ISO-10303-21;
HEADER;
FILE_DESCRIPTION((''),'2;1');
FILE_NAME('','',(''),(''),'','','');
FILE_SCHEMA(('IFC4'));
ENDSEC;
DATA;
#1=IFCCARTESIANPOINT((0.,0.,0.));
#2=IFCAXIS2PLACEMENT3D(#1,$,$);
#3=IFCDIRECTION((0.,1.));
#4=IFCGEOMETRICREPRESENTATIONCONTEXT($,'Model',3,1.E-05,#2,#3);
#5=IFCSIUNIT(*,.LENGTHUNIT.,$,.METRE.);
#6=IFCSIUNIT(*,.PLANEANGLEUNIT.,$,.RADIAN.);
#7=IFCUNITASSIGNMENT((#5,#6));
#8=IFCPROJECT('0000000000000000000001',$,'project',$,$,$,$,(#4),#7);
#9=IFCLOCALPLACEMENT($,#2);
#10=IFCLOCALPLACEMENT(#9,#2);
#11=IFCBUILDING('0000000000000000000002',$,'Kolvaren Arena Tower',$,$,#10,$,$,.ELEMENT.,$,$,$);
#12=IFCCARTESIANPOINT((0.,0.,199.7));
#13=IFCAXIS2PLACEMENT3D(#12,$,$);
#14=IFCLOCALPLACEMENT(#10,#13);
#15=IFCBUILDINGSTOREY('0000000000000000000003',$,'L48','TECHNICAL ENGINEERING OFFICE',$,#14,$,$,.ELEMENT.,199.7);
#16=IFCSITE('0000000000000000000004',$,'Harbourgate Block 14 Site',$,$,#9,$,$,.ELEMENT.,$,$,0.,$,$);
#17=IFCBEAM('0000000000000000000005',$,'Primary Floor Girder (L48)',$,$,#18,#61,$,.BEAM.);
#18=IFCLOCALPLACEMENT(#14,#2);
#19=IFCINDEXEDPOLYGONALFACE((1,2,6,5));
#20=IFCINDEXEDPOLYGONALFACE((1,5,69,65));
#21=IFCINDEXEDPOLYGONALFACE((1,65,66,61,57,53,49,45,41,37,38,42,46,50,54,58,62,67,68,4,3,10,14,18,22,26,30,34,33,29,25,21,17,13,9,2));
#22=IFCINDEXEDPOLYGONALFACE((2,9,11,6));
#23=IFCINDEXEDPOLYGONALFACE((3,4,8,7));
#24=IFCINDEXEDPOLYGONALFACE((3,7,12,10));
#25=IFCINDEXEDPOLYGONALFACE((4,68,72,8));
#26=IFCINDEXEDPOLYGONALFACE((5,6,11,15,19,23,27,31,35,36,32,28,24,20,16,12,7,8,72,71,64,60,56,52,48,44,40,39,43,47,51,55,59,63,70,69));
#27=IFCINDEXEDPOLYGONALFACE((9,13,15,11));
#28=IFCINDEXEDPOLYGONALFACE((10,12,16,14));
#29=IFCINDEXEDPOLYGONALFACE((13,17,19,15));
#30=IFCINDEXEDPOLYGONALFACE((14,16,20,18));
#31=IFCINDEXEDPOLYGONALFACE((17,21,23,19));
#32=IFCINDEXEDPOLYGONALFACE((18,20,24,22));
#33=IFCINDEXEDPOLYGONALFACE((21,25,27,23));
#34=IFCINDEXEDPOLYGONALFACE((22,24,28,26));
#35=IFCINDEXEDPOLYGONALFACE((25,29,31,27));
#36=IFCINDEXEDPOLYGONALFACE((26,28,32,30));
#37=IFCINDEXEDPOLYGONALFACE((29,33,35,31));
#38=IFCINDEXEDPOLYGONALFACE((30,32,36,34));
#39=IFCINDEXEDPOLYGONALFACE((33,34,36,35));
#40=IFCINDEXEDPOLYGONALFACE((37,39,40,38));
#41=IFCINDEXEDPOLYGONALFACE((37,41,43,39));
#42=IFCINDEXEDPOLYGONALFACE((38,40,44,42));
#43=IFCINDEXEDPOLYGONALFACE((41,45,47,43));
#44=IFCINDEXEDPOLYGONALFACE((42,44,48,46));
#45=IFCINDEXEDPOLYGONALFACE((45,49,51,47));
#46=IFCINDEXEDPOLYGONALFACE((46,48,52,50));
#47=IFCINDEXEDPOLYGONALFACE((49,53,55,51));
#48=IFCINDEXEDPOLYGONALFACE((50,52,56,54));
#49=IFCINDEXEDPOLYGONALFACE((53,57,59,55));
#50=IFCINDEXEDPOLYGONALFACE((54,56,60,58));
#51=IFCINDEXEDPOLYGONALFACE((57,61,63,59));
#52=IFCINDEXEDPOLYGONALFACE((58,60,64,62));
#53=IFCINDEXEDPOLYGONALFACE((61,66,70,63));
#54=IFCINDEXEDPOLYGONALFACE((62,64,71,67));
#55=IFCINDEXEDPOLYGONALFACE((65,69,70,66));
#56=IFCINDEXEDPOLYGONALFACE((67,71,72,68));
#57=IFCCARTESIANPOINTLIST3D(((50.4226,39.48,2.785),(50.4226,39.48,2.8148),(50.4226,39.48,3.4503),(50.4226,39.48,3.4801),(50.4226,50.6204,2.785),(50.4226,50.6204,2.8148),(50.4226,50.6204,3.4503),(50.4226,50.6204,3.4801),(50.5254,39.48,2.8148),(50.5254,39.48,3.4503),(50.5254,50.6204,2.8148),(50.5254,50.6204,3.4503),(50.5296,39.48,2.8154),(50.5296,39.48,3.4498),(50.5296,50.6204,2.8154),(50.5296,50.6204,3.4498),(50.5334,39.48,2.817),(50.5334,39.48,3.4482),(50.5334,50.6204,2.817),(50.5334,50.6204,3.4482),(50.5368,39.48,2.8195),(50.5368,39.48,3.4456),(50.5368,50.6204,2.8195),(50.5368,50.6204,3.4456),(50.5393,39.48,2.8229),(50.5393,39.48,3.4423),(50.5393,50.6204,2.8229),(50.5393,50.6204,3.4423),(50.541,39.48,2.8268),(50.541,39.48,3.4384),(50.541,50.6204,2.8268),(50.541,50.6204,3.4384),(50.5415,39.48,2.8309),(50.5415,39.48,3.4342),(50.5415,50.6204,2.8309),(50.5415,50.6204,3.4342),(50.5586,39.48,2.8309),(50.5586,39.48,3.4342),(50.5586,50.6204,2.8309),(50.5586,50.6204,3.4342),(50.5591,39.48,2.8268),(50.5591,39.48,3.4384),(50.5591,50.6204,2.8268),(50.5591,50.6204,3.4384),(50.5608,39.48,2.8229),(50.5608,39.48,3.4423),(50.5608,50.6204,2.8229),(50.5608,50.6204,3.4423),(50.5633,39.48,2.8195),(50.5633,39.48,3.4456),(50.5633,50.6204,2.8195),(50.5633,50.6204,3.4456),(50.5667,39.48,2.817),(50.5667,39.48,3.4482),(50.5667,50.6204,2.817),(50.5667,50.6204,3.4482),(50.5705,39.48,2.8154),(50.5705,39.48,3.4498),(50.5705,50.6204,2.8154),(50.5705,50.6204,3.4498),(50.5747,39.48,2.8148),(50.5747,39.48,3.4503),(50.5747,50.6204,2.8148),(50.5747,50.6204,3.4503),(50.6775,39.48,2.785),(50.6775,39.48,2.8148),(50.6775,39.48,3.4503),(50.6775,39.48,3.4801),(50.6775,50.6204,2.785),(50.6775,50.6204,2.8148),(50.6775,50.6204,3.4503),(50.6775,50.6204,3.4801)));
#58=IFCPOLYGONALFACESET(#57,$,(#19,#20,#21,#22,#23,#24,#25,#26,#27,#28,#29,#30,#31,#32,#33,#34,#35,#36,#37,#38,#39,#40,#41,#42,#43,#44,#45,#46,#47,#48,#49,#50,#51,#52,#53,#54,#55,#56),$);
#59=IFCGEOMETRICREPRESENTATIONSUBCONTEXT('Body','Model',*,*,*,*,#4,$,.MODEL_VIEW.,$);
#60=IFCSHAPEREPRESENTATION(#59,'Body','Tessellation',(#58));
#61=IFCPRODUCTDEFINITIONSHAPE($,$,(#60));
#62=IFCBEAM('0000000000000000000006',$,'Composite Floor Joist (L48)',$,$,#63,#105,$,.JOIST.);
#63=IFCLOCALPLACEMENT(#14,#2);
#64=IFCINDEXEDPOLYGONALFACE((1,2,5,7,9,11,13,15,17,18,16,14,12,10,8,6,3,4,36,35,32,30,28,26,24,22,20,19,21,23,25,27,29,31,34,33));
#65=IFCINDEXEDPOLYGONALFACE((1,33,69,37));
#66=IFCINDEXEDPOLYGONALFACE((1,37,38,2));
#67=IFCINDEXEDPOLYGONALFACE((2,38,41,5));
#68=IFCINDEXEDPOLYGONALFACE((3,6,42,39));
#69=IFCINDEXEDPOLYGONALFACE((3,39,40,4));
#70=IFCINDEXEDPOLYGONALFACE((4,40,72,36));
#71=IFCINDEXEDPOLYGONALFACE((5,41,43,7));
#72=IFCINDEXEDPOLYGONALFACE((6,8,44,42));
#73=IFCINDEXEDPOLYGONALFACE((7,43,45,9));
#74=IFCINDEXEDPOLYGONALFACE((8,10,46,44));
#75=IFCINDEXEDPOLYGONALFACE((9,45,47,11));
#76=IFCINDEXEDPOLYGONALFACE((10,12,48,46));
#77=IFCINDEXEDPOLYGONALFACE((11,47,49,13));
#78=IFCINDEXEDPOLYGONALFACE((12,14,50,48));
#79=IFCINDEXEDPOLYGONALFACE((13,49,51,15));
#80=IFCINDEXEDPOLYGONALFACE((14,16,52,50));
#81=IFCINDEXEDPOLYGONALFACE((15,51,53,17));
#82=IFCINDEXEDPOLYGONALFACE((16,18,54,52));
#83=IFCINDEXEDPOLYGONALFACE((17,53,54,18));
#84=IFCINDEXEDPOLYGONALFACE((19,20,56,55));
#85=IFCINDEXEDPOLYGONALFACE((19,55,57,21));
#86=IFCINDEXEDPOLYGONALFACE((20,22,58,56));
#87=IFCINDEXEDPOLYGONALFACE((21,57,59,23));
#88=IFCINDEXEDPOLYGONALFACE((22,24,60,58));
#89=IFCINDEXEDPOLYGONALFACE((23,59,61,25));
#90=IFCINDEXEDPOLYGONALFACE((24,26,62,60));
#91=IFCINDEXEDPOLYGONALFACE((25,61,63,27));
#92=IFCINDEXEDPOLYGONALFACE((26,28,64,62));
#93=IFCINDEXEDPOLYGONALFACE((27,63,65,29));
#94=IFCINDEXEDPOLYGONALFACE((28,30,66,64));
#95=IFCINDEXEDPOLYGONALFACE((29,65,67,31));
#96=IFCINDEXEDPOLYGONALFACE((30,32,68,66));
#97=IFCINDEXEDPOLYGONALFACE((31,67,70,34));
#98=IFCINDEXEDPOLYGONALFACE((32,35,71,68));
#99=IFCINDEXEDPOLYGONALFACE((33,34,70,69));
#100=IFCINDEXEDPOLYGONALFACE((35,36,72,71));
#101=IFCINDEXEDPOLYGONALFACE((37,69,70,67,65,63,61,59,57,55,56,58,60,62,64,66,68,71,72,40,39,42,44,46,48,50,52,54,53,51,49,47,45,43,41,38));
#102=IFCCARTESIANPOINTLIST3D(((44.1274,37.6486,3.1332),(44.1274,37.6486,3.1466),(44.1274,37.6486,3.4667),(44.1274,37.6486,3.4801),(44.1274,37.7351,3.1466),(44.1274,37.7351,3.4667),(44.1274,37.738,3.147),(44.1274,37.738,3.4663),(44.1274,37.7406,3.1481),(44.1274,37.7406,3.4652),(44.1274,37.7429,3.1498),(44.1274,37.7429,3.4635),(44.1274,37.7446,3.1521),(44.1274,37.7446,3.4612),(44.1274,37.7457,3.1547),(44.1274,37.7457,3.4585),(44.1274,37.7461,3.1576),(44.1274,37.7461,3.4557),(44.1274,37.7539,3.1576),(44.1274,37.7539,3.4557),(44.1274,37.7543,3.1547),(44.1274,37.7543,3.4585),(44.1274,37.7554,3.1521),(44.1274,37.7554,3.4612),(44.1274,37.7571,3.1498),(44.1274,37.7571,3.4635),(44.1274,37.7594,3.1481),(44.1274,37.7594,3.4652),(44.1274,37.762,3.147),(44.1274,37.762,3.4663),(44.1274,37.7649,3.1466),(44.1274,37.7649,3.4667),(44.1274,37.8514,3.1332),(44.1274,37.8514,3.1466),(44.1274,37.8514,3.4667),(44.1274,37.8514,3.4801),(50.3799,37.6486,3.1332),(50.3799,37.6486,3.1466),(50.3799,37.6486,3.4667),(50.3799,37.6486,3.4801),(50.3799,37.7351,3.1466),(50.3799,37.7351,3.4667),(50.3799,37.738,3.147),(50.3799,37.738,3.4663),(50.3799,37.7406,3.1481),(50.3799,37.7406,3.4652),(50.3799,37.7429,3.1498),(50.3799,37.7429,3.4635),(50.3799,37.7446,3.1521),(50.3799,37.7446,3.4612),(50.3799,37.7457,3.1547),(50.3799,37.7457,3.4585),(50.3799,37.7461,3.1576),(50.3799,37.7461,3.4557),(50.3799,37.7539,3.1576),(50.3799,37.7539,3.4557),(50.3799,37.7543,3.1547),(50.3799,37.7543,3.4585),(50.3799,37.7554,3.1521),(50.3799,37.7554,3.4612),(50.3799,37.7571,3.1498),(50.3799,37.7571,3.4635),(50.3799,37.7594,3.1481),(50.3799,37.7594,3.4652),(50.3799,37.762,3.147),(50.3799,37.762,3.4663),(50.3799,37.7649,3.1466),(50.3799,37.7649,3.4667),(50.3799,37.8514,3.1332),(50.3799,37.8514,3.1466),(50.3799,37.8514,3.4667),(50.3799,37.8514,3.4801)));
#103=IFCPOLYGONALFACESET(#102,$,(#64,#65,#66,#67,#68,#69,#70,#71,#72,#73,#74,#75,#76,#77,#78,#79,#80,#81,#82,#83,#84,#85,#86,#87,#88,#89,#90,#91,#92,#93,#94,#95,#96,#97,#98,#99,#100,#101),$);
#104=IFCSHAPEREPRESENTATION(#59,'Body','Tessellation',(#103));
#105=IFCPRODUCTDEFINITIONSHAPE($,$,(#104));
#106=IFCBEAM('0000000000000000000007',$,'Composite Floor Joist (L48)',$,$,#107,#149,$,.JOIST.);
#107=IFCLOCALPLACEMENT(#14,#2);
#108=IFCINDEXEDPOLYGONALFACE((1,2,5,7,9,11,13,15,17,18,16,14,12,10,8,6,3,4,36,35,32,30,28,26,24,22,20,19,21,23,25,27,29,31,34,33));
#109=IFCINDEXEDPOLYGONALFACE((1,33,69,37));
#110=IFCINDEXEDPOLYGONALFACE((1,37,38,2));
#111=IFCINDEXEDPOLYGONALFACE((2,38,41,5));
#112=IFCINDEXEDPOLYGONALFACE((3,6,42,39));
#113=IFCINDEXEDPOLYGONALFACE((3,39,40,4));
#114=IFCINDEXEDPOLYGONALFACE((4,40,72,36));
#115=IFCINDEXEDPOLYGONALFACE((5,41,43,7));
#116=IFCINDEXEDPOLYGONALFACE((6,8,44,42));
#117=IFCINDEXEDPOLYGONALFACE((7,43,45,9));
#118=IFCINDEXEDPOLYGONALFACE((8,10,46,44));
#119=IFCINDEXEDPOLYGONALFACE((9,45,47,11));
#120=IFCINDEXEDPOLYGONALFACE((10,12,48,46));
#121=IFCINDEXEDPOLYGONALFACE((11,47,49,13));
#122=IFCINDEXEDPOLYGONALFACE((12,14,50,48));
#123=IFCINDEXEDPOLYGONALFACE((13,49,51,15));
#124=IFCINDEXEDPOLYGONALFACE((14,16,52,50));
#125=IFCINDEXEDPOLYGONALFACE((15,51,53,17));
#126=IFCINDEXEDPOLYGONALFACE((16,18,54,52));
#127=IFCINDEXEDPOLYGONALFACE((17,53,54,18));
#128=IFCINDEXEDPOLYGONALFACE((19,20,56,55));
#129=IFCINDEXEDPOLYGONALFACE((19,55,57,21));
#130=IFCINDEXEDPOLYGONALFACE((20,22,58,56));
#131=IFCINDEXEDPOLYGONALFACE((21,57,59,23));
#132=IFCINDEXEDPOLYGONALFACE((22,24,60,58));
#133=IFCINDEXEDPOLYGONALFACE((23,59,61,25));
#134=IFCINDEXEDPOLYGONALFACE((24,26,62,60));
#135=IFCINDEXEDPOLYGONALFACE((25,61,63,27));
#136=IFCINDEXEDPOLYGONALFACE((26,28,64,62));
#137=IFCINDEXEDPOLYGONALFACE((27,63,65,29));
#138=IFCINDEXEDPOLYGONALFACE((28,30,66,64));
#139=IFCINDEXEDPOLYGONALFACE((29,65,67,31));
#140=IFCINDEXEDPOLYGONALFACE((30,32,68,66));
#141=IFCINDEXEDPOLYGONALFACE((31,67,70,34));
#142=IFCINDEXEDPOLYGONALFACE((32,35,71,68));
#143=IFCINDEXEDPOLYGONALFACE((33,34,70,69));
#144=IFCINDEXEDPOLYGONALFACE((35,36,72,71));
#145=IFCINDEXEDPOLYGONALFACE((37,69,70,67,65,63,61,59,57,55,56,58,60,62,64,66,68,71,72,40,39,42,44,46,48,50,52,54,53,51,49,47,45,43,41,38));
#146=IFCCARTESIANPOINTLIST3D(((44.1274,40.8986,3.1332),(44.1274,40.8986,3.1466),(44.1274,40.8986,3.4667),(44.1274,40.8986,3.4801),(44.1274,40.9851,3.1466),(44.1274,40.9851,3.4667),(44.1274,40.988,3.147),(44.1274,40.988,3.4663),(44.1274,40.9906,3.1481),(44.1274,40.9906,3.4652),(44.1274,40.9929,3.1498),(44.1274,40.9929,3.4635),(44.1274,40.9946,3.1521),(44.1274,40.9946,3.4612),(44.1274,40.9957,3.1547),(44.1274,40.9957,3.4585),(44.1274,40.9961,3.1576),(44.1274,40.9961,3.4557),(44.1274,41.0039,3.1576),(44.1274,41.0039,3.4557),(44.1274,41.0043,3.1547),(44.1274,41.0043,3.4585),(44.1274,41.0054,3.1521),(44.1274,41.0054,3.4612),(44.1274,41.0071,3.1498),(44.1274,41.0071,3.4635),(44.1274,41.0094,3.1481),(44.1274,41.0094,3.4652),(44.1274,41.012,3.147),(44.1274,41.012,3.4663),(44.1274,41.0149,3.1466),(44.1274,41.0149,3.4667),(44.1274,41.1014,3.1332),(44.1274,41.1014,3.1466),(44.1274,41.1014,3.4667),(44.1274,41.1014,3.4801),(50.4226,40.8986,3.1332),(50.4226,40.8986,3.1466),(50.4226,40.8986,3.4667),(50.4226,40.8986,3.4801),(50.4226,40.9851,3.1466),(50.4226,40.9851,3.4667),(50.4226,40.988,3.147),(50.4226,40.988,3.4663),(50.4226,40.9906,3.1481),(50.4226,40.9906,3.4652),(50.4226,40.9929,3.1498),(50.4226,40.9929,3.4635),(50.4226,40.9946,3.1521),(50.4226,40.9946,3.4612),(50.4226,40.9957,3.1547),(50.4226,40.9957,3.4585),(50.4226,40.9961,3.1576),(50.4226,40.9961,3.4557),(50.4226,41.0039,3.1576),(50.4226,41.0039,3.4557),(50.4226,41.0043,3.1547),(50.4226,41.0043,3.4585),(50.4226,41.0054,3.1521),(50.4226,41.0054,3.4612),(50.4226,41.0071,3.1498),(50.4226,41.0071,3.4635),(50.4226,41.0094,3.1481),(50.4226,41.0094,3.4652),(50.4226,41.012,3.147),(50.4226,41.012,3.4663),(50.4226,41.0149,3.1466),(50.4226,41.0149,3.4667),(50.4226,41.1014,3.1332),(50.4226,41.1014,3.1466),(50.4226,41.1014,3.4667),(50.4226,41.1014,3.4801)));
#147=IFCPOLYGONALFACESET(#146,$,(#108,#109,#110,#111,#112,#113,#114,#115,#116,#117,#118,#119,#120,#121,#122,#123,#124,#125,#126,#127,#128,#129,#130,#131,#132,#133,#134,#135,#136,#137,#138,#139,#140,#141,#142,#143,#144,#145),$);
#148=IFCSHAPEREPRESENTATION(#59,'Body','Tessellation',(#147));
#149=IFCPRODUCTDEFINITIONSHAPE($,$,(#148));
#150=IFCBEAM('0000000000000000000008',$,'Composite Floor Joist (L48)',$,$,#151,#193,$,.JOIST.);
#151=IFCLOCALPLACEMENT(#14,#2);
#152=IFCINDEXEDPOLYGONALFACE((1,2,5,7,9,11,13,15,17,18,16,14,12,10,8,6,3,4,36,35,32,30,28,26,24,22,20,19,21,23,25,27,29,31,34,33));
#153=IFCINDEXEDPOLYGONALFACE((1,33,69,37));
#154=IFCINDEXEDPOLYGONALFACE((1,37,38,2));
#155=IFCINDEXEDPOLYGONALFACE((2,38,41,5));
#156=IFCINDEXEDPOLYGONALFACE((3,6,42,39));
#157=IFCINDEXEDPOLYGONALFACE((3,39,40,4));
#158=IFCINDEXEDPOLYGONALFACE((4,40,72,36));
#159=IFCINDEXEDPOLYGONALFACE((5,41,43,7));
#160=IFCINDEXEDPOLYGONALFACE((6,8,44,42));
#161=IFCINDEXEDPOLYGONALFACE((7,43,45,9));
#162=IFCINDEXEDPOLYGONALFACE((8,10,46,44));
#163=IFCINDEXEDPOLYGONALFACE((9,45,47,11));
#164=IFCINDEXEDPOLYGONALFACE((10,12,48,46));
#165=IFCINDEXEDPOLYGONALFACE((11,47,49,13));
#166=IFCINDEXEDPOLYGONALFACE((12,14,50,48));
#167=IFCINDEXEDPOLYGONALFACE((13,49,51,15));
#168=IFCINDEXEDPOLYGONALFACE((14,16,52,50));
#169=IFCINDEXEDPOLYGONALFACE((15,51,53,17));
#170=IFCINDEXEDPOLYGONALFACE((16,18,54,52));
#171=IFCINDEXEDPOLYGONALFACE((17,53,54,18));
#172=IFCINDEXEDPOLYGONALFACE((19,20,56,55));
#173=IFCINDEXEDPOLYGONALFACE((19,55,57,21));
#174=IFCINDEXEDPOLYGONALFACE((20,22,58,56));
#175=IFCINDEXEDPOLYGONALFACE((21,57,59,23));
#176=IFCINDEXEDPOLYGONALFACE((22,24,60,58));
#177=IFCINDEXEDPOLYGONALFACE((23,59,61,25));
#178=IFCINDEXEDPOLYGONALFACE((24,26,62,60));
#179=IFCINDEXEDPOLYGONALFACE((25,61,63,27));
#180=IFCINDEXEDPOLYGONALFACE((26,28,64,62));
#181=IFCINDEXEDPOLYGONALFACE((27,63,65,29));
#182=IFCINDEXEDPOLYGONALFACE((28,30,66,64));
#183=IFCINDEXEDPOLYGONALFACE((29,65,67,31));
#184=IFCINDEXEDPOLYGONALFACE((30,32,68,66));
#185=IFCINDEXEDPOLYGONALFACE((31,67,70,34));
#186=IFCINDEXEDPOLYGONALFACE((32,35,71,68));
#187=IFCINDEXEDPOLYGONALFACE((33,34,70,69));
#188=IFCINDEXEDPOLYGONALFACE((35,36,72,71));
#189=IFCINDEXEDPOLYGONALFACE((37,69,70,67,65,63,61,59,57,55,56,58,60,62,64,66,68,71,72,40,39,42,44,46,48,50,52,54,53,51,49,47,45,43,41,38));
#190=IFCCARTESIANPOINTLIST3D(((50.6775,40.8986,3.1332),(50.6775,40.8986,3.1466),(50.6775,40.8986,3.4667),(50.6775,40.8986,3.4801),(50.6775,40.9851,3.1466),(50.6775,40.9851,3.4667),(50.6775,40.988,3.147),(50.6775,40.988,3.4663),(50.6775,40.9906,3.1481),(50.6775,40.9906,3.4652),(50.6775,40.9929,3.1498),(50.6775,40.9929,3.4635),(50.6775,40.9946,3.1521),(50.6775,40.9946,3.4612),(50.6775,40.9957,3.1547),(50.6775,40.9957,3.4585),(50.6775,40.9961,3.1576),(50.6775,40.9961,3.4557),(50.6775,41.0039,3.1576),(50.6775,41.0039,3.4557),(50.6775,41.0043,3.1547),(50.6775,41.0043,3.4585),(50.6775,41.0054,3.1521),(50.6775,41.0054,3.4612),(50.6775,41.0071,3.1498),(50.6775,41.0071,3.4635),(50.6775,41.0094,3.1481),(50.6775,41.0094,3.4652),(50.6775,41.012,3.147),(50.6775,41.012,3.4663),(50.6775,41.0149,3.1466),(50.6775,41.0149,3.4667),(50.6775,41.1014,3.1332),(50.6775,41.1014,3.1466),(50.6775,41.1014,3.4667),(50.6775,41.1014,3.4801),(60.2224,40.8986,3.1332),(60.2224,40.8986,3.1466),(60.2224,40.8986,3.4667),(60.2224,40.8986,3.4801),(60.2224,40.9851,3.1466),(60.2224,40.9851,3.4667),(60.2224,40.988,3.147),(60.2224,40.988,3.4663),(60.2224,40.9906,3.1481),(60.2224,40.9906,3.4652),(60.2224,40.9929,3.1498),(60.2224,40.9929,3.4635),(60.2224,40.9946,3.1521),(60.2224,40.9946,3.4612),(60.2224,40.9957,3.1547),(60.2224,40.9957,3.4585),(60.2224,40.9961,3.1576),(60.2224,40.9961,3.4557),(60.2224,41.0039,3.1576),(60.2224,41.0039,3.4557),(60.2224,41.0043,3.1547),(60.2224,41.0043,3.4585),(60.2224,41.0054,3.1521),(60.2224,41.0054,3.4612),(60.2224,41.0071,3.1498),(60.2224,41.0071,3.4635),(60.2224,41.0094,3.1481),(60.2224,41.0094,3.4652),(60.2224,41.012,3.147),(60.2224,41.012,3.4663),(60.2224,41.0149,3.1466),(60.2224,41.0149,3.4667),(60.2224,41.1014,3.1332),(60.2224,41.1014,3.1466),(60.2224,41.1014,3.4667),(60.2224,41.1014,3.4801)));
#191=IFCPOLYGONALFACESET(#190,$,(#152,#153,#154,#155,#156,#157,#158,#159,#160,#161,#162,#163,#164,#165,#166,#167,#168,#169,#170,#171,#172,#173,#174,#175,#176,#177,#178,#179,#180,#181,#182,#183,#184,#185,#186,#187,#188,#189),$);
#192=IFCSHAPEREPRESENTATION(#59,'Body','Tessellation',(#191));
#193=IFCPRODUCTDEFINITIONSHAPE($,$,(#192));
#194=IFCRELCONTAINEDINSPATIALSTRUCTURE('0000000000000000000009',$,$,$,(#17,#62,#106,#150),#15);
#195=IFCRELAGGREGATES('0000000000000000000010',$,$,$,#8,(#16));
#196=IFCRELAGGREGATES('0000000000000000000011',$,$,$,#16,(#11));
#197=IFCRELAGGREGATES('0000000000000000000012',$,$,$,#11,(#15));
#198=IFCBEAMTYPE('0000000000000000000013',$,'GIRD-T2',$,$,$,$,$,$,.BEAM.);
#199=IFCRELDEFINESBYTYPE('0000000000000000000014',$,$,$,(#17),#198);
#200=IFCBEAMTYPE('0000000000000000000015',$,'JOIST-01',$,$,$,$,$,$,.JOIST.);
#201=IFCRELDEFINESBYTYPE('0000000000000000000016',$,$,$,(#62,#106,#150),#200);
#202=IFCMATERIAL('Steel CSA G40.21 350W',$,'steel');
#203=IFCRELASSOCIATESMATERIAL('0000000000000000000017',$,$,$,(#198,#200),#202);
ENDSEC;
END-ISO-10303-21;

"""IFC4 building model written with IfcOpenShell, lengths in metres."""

from ifc_helpers import new_model, si_unit, direction, frame, origin, origin_2d, place, context, subcontext, project, spatial, i_section, extrude, material, material_profile, profile_set, type_object, element, save


model = new_model("IFC4")

# Units and contexts
model_context = context("Model", 3, precision=1e-05, world=origin(), true_north=direction((0.0, 1.0)))
body_context = subcontext(model_context, "Body", "Model", "MODEL_VIEW")
ifc_project = project(units=[si_unit("LENGTHUNIT", "METRE"), si_unit("PLANEANGLEUNIT", "RADIAN")], contexts=[model_context])

# Site, building, storey
site_placement = place(None, origin())
site = spatial("IfcSite", under=ifc_project, at=site_placement, Name="Harbourgate Block 14 Site", CompositionType="ELEMENT", RefElevation=0.0)
building_placement = place(site_placement, origin())
building = spatial("IfcBuilding", under=site, at=building_placement, Name="Kolvaren Arena Tower", CompositionType="ELEMENT")
storey_placement = place(building_placement, frame((0.0, 0.0, 199.7)))
storey = spatial("IfcBuildingStorey", under=building, at=storey_placement, Name="L48", Description="TECHNICAL ENGINEERING OFFICE", CompositionType="ELEMENT", Elevation=199.7)

# Beams
ifc_material_1 = material(Name="Steel CSA G40.21 350W", Category="steel")
ifc_material_profile_1 = material_profile(ifc_material_1, i_section(OverallWidth=0.2549, OverallDepth=0.6951, WebThickness=0.0171, FlangeThickness=0.0298, FilletRadius=0.0161, at=origin_2d()), Name="W690x217")
ifc_profile_set_1 = profile_set([ifc_material_profile_1], Name="Steel CSA G40.21 350W")
beam_type_1 = type_object("IfcBeamType", Name="GIRD-T2", PredefinedType="BEAM", material=ifc_profile_set_1)
beam_1_placement = place(storey_placement, frame((50.55, 39.48, 3.1326), z_axis=(0.0, 1.0, 0.0), x_axis=(-1.0, 0.0, 0.0)))
element("IfcBeam", 1, at=beam_1_placement, inside=storey, type_object=beam_type_1, Name="Primary Floor Girder (L48)", PredefinedType="BEAM", context=body_context, shape_type="SweptSolid", body=[
    extrude(i_section(OverallWidth=0.2549, OverallDepth=0.6951, WebThickness=0.0171, FlangeThickness=0.0298, FilletRadius=0.0161, at=origin_2d()), origin(), (0.0, 0.0, 1.0), 11.1404),
])
ifc_material_profile_2 = material_profile(ifc_material_1, i_section(OverallWidth=0.2029, OverallDepth=0.3469, WebThickness=0.0078, FlangeThickness=0.0134, FilletRadius=0.011, at=origin_2d()), Name="W360x64")
ifc_profile_set_2 = profile_set([ifc_material_profile_2], Name="Steel CSA G40.21 350W")
beam_type_2 = type_object("IfcBeamType", Name="JOIST-01", PredefinedType="JOIST", material=ifc_profile_set_2)
beam_2_placement = place(storey_placement, frame((44.1274, 37.75, 3.3066), z_axis=(1.0, 0.0, 0.0), x_axis=(0.0, 1.0, 0.0)))
element("IfcBeam", 2, at=beam_2_placement, inside=storey, type_object=beam_type_2, Name="Composite Floor Joist (L48)", PredefinedType="JOIST", context=body_context, shape_type="SweptSolid", body=[
    extrude(i_section(OverallWidth=0.2029, OverallDepth=0.3469, WebThickness=0.0078, FlangeThickness=0.0134, FilletRadius=0.011, at=origin_2d()), origin(), (0.0, 0.0, 1.0), 6.2524),
])
beam_3_placement = place(storey_placement, frame((44.1274, 41.0, 3.3066), z_axis=(1.0, 0.0, 0.0), x_axis=(0.0, 1.0, 0.0)))
element("IfcBeam", 3, at=beam_3_placement, inside=storey, type_object=beam_type_2, Name="Composite Floor Joist (L48)", PredefinedType="JOIST", context=body_context, shape_type="SweptSolid", body=[
    extrude(i_section(OverallWidth=0.2029, OverallDepth=0.3469, WebThickness=0.0078, FlangeThickness=0.0134, FilletRadius=0.011, at=origin_2d()), origin(), (0.0, 0.0, 1.0), 6.2952),
])
beam_4_placement = place(storey_placement, frame((50.6775, 41.0, 3.3066), z_axis=(1.0, 0.0, 0.0), x_axis=(0.0, 1.0, 0.0)))
element("IfcBeam", 4, at=beam_4_placement, inside=storey, type_object=beam_type_2, Name="Composite Floor Joist (L48)", PredefinedType="JOIST", context=body_context, shape_type="SweptSolid", body=[
    extrude(i_section(OverallWidth=0.2029, OverallDepth=0.3469, WebThickness=0.0078, FlangeThickness=0.0134, FilletRadius=0.011, at=origin_2d()), origin(), (0.0, 0.0, 1.0), 9.5449),
])

save(model, "model.ifc")
